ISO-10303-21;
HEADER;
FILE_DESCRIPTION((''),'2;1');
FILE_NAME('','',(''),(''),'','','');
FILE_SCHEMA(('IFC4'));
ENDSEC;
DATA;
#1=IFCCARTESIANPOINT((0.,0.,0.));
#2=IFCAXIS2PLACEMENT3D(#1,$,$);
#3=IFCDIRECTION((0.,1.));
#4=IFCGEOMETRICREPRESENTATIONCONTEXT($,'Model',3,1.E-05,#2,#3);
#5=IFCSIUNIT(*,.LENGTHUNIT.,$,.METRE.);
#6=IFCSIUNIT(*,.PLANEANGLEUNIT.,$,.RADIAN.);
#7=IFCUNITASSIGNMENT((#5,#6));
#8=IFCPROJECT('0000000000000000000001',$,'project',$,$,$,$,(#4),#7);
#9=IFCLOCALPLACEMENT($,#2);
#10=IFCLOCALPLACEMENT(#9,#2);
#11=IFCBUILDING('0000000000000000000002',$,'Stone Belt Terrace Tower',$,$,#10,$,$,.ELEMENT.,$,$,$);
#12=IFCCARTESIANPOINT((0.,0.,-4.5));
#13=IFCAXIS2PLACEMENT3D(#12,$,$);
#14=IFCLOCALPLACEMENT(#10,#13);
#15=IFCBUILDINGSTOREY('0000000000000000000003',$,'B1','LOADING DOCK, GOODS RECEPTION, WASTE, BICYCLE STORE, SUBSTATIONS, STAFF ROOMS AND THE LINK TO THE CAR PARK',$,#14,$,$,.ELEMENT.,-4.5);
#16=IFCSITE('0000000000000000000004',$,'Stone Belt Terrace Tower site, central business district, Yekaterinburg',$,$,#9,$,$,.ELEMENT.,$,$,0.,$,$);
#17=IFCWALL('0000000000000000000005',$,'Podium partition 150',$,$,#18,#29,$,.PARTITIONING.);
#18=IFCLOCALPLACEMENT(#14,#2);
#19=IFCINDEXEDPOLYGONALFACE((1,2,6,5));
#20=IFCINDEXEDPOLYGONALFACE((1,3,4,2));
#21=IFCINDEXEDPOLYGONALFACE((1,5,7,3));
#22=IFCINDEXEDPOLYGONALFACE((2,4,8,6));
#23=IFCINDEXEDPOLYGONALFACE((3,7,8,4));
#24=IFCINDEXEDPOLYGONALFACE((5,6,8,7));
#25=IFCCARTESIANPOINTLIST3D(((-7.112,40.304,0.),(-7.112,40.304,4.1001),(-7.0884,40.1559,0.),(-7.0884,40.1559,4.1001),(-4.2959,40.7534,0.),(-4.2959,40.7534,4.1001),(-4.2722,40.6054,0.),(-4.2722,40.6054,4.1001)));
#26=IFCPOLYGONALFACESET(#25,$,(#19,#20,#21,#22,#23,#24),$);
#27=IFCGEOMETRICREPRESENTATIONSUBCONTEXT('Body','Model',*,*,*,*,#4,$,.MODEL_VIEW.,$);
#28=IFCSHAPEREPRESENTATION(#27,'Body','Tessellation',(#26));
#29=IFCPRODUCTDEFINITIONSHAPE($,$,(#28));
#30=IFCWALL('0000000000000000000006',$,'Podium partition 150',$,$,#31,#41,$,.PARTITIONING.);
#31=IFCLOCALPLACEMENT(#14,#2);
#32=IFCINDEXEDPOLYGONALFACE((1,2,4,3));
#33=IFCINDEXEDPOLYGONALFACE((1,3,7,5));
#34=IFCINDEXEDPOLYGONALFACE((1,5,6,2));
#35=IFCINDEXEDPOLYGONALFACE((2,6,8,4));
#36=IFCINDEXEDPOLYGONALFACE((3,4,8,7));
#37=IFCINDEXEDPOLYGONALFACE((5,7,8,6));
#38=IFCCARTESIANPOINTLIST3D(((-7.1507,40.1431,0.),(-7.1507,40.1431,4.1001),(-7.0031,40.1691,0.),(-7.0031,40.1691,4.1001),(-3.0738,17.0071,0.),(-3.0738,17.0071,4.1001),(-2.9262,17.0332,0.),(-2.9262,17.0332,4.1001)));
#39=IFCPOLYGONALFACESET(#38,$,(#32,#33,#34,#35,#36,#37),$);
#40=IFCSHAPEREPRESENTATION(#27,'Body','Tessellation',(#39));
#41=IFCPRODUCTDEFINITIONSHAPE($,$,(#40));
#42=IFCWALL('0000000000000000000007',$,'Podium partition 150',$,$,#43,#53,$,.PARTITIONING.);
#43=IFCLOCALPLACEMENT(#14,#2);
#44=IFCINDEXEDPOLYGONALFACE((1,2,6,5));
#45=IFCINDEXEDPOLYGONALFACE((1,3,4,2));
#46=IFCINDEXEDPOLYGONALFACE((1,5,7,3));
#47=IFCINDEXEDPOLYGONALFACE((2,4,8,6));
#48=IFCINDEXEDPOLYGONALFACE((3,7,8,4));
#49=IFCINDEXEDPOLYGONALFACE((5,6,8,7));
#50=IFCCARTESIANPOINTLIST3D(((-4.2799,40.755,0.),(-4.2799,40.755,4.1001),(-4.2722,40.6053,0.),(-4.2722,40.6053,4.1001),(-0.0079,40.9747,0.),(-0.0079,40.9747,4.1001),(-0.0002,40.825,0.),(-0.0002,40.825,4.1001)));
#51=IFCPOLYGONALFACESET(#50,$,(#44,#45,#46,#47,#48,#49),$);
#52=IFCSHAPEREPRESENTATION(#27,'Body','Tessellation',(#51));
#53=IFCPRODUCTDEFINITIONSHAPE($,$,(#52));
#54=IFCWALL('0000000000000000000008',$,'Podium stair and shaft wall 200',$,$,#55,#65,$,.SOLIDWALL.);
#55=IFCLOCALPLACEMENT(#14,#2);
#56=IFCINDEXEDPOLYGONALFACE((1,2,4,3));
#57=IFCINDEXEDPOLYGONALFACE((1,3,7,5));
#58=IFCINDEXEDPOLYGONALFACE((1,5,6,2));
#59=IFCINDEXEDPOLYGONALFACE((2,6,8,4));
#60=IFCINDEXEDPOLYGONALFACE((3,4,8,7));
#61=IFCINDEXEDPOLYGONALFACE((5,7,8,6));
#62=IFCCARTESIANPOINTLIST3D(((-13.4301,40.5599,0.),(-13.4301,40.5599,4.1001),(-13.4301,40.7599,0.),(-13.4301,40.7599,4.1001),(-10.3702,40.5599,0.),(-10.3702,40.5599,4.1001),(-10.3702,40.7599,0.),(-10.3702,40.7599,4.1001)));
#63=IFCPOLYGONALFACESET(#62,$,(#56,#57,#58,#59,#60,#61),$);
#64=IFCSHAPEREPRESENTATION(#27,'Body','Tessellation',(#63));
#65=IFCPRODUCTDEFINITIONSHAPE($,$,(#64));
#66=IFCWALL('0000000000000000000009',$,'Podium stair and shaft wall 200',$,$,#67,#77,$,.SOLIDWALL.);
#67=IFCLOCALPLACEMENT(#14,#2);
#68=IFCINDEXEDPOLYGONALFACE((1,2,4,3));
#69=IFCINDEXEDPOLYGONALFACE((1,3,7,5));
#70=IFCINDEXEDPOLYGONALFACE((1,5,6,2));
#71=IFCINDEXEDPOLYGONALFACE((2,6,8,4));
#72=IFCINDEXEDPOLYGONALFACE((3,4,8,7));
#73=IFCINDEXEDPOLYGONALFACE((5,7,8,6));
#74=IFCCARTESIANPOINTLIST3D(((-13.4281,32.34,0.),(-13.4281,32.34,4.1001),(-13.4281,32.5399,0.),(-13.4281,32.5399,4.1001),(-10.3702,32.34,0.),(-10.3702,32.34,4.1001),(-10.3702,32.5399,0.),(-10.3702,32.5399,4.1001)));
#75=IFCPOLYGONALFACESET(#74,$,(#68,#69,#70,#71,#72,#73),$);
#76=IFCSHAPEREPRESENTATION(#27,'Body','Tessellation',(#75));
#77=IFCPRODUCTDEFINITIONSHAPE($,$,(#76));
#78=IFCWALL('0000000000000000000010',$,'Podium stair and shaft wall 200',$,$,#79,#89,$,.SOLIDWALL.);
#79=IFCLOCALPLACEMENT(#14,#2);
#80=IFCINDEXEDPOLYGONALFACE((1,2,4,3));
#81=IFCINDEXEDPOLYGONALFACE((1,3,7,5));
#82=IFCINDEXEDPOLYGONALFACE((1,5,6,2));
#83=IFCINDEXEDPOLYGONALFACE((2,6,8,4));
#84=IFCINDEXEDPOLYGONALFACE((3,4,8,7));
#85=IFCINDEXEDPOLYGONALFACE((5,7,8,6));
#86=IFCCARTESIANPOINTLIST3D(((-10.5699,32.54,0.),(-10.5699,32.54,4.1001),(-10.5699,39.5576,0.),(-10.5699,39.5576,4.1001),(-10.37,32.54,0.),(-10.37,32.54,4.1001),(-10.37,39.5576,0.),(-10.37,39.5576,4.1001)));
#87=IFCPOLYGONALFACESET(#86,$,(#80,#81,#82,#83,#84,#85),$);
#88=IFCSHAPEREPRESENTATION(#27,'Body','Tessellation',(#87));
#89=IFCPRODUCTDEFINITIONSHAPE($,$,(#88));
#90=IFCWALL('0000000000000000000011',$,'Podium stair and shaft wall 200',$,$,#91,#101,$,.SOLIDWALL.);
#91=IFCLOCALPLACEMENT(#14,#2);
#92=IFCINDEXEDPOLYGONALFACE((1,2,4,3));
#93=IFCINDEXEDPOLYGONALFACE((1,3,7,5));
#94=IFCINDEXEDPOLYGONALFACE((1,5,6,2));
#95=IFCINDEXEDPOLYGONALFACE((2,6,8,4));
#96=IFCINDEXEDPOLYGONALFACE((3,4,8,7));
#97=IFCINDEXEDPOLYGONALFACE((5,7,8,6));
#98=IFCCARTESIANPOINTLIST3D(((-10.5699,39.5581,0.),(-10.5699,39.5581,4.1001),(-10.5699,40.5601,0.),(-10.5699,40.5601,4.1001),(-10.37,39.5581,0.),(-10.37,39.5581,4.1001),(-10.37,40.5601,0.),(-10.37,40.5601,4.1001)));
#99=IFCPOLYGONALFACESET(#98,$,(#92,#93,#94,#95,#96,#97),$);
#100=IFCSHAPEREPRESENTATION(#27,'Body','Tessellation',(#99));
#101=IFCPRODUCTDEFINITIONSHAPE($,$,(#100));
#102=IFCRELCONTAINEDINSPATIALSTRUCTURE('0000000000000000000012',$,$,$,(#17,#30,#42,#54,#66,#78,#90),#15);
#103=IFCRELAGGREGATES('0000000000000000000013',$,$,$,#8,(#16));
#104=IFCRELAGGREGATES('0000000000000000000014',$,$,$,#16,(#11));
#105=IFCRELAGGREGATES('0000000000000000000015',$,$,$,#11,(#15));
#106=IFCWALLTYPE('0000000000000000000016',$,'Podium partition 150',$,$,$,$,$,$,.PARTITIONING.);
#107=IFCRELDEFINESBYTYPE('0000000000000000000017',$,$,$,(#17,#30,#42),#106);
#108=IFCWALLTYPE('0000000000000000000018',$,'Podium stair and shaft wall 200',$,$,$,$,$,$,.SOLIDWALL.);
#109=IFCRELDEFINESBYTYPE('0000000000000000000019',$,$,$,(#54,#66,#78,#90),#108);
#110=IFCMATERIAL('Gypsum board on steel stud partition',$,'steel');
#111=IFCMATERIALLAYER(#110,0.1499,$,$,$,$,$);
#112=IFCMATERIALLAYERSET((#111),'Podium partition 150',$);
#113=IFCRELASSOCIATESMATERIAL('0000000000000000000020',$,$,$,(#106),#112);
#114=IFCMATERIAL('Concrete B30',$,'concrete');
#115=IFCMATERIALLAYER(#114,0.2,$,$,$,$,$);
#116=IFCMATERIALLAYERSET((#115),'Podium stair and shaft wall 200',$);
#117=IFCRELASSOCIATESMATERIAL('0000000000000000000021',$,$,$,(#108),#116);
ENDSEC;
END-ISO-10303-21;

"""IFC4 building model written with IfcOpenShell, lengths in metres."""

from ifc_helpers import new_model, si_unit, direction, frame, frame_2d, origin, place, context, subcontext, project, spatial, rectangle, extrude, material, layer, layer_set, type_object, element, save


model = new_model("IFC4")

# Units and contexts
model_context = context("Model", 3, precision=1e-05, world=origin(), true_north=direction((0.0, 1.0)))
body_context = subcontext(model_context, "Body", "Model", "MODEL_VIEW")
ifc_project = project(units=[si_unit("LENGTHUNIT", "METRE"), si_unit("PLANEANGLEUNIT", "RADIAN")], contexts=[model_context])

# Site, building, storey
site_placement = place(None, origin())
site = spatial("IfcSite", under=ifc_project, at=site_placement, Name="Stone Belt Terrace Tower site, central business district, Yekaterinburg", CompositionType="ELEMENT", RefElevation=0.0)
building_placement = place(site_placement, origin())
building = spatial("IfcBuilding", under=site, at=building_placement, Name="Stone Belt Terrace Tower", CompositionType="ELEMENT")
storey_placement = place(building_placement, frame((0.0, 0.0, -4.5)))
storey = spatial("IfcBuildingStorey", under=building, at=storey_placement, Name="B1", Description="LOADING DOCK, GOODS RECEPTION, WASTE, BICYCLE STORE, SUBSTATIONS, STAFF ROOMS AND THE LINK TO THE CAR PARK", CompositionType="ELEMENT", Elevation=-4.5)

# Shared definitions
ifc_material_1 = material(Name="Concrete B30", Category="concrete")

# Shared definitions
ifc_material_2 = material(Name="Gypsum board on steel stud partition", Category="steel")
ifc_layer_1 = layer(ifc_material_2, 0.1499)
ifc_layer_set_1 = layer_set([ifc_layer_1], Name="Podium partition 150")
wall_type_1 = type_object("IfcWallType", Name="Podium partition 150", PredefinedType="PARTITIONING", material=ifc_layer_set_1)

# Walls
wall_1_placement = place(storey_placement, frame((-7.1001, 40.23, 0.0), z_axis=(0.0, 0.0, 1.0), x_axis=(0.987502, 0.157607, 0.0)))
element("IfcWall", 1, at=wall_1_placement, inside=storey, type_object=wall_type_1, Name="Podium partition 150", PredefinedType="PARTITIONING", context=body_context, shape_type="SweptSolid", body=[
    extrude(rectangle(XDim=2.8518, YDim=0.1499, at=frame_2d((1.4258, 0.0))), origin(), (0.0, 0.0, 1.0), 4.1001),
])
wall_2_placement = place(storey_placement, frame((-7.0769, 40.156, 0.0), z_axis=(0.0, 0.0, 1.0), x_axis=(0.173541, -0.984827, 0.0)))
element("IfcWall", 2, at=wall_2_placement, inside=storey, type_object=wall_type_1, Name="Podium partition 150", PredefinedType="PARTITIONING", context=body_context, shape_type="SweptSolid", body=[
    extrude(rectangle(XDim=23.4924, YDim=0.1499, at=frame_2d((11.7461, 0.0))), origin(), (0.0, 0.0, 1.0), 4.1001),
])
wall_3_placement = place(storey_placement, frame((-4.2759, 40.6802, 0.0), z_axis=(0.0, 0.0, 1.0), x_axis=(0.99868, 0.051367, 0.0)))
element("IfcWall", 3, at=wall_3_placement, inside=storey, type_object=wall_type_1, Name="Podium partition 150", PredefinedType="PARTITIONING", context=body_context, shape_type="SweptSolid", body=[
    extrude(rectangle(XDim=4.2776, YDim=0.1499, at=frame_2d((2.1387, 0.0))), origin(), (0.0, 0.0, 1.0), 4.1001),
])
ifc_layer_2 = layer(ifc_material_1, 0.2)
ifc_layer_set_2 = layer_set([ifc_layer_2], Name="Podium stair and shaft wall 200")
wall_type_2 = type_object("IfcWallType", Name="Podium stair and shaft wall 200", PredefinedType="SOLIDWALL", material=ifc_layer_set_2)
wall_4_placement = place(storey_placement, frame((-13.4299, 40.6599, 0.0), z_axis=(0.0, 0.0, 1.0), x_axis=(1.0, 0.0, 0.0)))
element("IfcWall", 4, at=wall_4_placement, inside=storey, type_object=wall_type_2, Name="Podium stair and shaft wall 200", PredefinedType="SOLIDWALL", context=body_context, shape_type="SweptSolid", body=[
    extrude(rectangle(XDim=3.0598, YDim=0.2, at=frame_2d((1.5298, 0.0))), origin(), (0.0, 0.0, 1.0), 4.1001),
])
wall_5_placement = place(storey_placement, frame((-13.428, 32.4399, 0.0), z_axis=(0.0, 0.0, 1.0), x_axis=(1.0, 0.0, 0.0)))
element("IfcWall", 5, at=wall_5_placement, inside=storey, type_object=wall_type_2, Name="Podium stair and shaft wall 200", PredefinedType="SOLIDWALL", context=body_context, shape_type="SweptSolid", body=[
    extrude(rectangle(XDim=3.0579, YDim=0.2, at=frame_2d((1.5288, 0.0))), origin(), (0.0, 0.0, 1.0), 4.1001),
])
wall_6_placement = place(storey_placement, frame((-10.47, 32.54, 0.0), z_axis=(0.0, 0.0, 1.0), x_axis=(0.0, 1.0, 0.0)))
element("IfcWall", 6, at=wall_6_placement, inside=storey, type_object=wall_type_2, Name="Podium stair and shaft wall 200", PredefinedType="SOLIDWALL", context=body_context, shape_type="SweptSolid", body=[
    extrude(rectangle(XDim=7.0176, YDim=0.2, at=frame_2d((3.5088, 0.0))), origin(), (0.0, 0.0, 1.0), 4.1001),
])
wall_7_placement = place(storey_placement, frame((-10.47, 39.5581, 0.0), z_axis=(0.0, 0.0, 1.0), x_axis=(0.0, 1.0, 0.0)))
element("IfcWall", 7, at=wall_7_placement, inside=storey, type_object=wall_type_2, Name="Podium stair and shaft wall 200", PredefinedType="SOLIDWALL", context=body_context, shape_type="SweptSolid", body=[
    extrude(rectangle(XDim=1.002, YDim=0.2, at=frame_2d((0.501, 0.0))), origin(), (0.0, 0.0, 1.0), 4.1001),
])

save(model, "model.ifc")
